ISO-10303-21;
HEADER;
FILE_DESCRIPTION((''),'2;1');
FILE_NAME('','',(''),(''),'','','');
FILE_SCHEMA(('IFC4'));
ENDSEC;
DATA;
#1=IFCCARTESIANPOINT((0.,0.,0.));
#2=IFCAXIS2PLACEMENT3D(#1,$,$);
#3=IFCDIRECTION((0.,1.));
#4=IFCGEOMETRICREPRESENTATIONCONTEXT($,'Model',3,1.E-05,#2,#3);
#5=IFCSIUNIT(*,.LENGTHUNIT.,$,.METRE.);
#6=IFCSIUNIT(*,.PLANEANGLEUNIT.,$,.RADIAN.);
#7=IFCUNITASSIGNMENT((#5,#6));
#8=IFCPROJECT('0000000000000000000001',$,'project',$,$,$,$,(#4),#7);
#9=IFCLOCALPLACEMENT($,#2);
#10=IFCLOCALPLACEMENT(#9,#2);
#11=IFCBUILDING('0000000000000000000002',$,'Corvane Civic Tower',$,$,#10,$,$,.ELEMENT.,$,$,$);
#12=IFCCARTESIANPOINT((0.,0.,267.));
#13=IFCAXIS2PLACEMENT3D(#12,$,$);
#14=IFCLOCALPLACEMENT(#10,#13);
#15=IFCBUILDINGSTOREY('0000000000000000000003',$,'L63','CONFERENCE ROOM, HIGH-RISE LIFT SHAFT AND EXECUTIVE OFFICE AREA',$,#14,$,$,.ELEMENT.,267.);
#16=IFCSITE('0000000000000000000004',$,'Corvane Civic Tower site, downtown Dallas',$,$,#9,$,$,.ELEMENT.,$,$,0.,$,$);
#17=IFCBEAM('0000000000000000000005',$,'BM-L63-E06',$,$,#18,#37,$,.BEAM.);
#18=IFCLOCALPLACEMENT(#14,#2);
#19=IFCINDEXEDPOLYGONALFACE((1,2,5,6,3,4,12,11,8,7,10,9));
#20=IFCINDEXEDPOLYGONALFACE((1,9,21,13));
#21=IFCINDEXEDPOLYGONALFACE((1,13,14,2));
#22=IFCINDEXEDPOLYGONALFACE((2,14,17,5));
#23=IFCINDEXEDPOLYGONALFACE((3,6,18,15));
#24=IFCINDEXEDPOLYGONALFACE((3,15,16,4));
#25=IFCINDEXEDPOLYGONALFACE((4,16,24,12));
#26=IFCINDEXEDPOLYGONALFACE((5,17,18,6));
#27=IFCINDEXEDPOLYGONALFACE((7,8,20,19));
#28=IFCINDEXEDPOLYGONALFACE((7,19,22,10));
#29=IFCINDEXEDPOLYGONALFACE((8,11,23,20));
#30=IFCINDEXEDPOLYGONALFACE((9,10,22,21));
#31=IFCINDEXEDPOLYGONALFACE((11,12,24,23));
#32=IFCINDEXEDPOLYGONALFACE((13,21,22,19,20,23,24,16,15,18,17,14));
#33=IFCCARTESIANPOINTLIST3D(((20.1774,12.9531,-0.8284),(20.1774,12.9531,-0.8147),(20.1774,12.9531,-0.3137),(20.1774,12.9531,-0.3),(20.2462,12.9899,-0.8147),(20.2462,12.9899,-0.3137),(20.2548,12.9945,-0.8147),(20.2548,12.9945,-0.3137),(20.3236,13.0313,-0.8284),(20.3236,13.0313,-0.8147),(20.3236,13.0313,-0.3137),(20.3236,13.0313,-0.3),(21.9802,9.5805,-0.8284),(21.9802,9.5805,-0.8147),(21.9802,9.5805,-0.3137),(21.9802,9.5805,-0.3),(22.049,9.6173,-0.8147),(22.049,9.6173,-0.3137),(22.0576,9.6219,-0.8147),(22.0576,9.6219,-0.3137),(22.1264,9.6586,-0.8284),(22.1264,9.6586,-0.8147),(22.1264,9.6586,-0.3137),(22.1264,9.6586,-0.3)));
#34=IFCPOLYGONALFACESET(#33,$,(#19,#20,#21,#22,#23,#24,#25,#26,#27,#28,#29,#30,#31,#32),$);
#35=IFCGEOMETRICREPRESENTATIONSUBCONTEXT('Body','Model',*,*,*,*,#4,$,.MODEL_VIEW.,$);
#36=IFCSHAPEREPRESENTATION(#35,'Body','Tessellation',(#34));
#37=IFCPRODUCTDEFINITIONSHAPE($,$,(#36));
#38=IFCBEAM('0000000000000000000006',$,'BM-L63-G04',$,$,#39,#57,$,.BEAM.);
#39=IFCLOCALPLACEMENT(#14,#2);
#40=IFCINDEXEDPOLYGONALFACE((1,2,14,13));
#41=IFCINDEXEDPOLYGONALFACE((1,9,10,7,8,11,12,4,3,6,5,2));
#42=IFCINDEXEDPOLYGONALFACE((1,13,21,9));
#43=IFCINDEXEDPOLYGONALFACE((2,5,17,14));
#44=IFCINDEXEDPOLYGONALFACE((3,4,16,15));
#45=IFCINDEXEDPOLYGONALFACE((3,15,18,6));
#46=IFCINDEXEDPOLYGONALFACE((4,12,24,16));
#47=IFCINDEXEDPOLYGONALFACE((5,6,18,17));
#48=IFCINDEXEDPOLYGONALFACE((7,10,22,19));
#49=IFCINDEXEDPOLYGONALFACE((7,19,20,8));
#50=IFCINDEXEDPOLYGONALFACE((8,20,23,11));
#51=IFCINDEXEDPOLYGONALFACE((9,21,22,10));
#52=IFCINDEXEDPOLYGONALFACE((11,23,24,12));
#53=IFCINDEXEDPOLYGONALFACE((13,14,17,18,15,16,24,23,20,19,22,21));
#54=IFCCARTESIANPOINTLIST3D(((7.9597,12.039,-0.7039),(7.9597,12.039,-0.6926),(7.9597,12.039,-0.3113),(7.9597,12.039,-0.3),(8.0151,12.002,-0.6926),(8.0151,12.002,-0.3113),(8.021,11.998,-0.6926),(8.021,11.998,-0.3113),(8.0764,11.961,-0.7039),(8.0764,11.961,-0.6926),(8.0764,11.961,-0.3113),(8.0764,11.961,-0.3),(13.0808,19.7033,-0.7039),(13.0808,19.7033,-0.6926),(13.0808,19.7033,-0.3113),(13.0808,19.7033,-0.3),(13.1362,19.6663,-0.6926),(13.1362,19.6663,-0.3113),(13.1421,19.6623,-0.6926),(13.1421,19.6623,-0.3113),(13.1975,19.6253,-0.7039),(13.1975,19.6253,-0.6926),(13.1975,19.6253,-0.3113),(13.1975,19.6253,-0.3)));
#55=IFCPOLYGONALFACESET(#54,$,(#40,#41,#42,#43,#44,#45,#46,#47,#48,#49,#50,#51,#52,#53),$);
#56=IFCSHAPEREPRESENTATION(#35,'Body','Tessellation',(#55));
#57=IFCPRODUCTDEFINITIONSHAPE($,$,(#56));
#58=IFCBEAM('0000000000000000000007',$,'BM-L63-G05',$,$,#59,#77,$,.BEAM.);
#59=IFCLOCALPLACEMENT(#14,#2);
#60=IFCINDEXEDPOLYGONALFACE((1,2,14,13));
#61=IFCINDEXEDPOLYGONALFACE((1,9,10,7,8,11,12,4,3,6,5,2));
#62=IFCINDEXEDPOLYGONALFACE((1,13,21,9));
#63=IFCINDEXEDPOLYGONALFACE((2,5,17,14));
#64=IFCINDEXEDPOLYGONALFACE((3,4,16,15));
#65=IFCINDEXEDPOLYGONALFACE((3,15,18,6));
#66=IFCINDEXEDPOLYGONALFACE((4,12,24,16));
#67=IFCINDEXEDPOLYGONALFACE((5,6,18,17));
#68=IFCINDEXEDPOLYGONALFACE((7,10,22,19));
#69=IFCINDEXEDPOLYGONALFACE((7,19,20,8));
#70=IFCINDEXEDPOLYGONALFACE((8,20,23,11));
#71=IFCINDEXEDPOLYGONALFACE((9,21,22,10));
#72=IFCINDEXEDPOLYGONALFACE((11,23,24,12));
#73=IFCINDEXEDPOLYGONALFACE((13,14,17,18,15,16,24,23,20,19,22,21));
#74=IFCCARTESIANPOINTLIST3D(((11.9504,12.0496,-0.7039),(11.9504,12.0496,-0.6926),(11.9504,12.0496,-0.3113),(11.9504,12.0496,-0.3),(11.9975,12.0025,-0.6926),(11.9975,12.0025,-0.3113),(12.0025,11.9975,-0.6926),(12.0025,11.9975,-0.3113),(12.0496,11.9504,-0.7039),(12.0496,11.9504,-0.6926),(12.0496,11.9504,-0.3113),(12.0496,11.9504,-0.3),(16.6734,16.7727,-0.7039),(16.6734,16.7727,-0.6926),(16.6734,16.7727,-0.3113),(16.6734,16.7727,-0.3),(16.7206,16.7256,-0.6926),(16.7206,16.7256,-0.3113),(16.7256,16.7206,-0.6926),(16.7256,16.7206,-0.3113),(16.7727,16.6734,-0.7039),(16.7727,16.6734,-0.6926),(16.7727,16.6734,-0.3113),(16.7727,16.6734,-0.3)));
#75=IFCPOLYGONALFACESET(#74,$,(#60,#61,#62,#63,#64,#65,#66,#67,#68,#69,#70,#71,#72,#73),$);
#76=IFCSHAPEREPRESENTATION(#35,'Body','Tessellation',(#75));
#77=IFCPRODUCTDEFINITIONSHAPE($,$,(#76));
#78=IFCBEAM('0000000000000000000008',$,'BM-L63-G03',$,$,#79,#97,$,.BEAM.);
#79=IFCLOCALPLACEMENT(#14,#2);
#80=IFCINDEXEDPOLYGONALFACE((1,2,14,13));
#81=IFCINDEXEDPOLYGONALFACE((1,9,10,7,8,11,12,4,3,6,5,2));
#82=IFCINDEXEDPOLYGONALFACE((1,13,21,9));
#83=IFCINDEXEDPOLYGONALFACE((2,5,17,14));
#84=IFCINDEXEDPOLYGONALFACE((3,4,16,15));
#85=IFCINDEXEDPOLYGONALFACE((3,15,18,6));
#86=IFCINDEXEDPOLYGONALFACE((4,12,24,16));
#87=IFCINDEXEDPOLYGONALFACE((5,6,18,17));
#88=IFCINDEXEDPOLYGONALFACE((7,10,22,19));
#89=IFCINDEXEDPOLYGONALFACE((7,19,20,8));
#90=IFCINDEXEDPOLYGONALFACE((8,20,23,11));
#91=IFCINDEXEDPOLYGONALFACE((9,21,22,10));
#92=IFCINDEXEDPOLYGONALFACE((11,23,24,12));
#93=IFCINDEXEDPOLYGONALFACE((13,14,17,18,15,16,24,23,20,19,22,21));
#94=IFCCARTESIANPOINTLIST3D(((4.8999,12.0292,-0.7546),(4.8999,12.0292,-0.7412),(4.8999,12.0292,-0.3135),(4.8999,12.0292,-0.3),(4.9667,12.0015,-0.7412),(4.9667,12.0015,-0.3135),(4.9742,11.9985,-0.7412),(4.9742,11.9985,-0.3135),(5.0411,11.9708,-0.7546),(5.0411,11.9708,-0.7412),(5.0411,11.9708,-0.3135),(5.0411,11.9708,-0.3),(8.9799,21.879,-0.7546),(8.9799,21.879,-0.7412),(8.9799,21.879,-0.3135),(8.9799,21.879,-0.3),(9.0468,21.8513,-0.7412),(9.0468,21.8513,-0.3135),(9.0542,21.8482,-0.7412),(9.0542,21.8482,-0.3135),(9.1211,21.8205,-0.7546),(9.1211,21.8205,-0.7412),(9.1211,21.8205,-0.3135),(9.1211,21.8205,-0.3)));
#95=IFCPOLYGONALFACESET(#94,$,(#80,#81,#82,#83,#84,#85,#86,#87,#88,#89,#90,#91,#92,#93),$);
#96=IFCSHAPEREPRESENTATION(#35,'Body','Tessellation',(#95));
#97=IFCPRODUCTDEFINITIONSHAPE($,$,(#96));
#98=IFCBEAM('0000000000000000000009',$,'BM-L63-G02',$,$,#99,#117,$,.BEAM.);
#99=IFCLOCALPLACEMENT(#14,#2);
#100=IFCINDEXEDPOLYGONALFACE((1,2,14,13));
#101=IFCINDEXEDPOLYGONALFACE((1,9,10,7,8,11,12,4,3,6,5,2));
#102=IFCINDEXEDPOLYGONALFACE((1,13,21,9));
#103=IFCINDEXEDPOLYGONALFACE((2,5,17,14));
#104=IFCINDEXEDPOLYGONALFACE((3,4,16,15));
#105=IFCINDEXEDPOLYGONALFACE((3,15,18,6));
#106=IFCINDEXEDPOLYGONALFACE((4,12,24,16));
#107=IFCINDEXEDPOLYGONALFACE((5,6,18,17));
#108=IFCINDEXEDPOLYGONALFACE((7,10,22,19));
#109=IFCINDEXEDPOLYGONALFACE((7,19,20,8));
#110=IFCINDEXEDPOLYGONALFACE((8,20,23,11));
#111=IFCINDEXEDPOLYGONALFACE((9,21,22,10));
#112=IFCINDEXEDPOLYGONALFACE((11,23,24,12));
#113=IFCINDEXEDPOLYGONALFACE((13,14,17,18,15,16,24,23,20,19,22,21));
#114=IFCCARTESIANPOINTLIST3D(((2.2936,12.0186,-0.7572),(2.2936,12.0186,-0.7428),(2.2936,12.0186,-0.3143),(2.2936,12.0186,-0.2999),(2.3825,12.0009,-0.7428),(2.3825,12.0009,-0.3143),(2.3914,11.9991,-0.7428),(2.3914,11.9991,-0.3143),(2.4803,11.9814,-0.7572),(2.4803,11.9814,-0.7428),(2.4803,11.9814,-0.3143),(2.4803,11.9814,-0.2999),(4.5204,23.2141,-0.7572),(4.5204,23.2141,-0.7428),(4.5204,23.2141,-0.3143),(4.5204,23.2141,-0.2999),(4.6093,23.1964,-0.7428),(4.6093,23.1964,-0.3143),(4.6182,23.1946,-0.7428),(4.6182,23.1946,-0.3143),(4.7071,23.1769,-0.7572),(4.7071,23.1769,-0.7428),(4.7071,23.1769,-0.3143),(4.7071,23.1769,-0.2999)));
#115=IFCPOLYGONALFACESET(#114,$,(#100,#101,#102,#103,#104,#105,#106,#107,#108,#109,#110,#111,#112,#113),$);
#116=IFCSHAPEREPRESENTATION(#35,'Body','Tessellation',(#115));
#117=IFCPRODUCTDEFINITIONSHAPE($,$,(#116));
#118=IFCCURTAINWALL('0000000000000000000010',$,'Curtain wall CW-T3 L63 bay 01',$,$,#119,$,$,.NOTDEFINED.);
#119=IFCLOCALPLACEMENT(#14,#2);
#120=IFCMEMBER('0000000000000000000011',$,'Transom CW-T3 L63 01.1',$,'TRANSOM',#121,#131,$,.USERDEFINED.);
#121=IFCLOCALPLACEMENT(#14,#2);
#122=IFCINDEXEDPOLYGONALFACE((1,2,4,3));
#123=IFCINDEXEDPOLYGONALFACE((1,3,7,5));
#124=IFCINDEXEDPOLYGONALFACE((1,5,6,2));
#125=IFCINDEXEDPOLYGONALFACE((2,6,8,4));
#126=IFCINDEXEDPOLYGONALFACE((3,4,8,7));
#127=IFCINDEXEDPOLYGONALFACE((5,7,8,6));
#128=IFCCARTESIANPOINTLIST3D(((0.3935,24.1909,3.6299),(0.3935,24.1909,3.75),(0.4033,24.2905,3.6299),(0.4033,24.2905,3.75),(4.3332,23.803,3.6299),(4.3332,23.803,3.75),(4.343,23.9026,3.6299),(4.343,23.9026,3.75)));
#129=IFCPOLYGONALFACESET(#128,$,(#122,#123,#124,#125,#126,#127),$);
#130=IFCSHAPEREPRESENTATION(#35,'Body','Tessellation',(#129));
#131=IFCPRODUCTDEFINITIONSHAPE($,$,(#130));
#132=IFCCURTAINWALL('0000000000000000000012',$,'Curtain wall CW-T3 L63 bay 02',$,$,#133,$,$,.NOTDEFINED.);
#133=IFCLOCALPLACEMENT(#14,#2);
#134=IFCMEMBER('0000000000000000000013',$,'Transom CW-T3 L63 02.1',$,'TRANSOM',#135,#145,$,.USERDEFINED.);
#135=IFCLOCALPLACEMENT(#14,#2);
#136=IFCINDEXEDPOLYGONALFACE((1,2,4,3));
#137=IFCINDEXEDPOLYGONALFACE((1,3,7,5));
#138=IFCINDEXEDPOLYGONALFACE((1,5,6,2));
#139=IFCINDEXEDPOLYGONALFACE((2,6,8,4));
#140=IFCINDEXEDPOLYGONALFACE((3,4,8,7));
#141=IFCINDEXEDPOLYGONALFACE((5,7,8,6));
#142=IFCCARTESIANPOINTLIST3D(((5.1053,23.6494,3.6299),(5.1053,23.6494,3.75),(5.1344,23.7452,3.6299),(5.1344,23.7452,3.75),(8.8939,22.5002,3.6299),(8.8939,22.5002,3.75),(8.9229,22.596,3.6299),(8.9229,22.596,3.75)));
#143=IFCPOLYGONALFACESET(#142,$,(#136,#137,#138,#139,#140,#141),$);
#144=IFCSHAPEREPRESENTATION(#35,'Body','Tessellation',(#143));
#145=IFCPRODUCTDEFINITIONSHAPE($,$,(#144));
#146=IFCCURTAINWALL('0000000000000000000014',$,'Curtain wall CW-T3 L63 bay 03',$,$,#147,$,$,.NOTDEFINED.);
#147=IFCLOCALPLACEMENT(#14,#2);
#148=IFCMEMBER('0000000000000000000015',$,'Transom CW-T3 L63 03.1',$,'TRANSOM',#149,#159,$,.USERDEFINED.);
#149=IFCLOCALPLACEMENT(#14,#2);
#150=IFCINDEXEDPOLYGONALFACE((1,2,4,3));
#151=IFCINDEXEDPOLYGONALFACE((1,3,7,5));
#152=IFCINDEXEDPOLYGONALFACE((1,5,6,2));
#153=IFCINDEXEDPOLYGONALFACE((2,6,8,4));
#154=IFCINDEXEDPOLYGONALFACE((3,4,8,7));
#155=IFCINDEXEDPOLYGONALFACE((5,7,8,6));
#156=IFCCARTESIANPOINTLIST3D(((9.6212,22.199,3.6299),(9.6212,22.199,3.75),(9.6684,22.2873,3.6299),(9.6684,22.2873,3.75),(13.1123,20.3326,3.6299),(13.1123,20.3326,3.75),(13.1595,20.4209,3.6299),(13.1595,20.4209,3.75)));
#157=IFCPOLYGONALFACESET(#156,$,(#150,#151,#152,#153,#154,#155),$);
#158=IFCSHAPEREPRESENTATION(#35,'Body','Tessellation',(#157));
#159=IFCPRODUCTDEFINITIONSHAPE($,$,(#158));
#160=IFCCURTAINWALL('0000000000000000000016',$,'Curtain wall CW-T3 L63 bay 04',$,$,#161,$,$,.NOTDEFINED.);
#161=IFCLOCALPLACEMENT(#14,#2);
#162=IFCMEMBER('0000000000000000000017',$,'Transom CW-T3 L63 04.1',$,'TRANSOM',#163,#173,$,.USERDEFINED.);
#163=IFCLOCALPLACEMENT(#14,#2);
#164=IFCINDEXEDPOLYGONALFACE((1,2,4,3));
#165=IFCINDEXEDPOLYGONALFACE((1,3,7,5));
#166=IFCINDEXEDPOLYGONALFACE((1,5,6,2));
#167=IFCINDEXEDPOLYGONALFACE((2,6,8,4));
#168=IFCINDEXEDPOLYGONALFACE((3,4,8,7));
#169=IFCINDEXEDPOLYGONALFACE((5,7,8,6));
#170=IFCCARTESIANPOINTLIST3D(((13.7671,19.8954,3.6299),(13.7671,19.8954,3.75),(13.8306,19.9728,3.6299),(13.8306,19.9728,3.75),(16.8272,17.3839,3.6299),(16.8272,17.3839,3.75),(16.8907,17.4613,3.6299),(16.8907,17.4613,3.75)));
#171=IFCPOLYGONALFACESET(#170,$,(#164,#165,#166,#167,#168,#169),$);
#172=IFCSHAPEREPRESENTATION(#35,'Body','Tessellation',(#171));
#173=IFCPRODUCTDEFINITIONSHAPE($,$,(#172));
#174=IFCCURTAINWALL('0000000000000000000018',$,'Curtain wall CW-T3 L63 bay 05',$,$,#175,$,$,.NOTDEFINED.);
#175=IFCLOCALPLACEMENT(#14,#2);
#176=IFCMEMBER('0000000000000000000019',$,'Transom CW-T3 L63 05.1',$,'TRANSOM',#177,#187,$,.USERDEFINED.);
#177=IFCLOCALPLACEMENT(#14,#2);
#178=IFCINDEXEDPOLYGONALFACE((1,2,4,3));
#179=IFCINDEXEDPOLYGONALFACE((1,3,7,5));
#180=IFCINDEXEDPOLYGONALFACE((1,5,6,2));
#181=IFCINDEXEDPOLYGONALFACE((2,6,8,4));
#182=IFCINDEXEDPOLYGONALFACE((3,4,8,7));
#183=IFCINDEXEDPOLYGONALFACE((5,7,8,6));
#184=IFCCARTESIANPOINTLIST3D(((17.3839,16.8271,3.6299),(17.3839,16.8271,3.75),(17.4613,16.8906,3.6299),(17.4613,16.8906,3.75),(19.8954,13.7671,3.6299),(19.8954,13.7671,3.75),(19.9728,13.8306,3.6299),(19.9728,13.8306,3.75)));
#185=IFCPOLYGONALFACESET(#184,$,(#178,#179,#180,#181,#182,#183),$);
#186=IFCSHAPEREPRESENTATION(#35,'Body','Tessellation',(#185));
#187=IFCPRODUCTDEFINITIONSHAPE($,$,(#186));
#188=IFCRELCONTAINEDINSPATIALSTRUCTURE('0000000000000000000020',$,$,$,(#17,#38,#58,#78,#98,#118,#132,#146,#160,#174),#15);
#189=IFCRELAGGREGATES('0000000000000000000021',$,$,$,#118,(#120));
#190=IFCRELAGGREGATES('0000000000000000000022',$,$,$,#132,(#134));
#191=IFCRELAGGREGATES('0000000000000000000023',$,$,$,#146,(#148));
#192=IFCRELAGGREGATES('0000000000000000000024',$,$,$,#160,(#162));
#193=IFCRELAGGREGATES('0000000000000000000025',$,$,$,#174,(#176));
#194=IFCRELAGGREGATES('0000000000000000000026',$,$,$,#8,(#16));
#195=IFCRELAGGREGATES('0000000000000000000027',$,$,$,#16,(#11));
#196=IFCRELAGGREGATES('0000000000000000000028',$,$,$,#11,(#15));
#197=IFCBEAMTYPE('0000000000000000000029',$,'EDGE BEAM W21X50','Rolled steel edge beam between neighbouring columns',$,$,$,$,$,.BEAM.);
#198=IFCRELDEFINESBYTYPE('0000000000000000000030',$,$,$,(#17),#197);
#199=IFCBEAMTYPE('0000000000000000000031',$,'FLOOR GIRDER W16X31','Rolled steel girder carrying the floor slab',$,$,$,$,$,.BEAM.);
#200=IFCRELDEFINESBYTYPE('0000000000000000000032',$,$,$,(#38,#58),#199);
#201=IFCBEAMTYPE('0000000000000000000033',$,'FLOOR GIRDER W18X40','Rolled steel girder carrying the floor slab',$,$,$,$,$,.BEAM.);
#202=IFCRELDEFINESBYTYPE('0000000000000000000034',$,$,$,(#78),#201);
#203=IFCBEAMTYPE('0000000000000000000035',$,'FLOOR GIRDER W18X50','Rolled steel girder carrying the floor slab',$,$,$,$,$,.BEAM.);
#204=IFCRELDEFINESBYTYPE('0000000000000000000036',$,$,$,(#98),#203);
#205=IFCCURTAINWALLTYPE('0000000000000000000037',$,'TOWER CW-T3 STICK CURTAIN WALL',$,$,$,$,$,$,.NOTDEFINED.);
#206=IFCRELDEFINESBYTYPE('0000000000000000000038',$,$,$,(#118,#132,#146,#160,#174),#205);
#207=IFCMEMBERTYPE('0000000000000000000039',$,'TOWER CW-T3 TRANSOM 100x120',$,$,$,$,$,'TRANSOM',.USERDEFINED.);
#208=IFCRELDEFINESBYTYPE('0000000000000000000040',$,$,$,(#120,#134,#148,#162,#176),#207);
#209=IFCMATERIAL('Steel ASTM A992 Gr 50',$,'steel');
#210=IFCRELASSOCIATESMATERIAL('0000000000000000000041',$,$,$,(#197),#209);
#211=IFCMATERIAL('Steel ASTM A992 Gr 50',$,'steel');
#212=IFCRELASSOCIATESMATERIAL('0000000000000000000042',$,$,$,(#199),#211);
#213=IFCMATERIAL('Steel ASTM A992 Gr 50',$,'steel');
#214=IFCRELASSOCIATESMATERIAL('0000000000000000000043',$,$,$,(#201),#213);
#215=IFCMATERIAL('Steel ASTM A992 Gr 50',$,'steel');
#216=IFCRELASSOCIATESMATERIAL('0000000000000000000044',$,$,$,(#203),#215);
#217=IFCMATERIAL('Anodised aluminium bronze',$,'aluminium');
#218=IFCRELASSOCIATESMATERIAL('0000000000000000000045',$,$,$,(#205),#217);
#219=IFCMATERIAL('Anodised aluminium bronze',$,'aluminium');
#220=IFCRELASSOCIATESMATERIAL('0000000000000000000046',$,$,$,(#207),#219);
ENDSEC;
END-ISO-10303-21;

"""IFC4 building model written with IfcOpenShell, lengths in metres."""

from ifc_helpers import new_model, si_unit, direction, frame, origin, origin_2d, place, context, subcontext, project, spatial, rectangle, i_section, extrude, material, material_profile, profile_set, type_object, element, aggregate, save


model = new_model("IFC4")

# Units and contexts
model_context = context("Model", 3, precision=1e-05, world=origin(), true_north=direction((0.0, 1.0)))
body_context = subcontext(model_context, "Body", "Model", "MODEL_VIEW")
ifc_project = project(units=[si_unit("LENGTHUNIT", "METRE"), si_unit("PLANEANGLEUNIT", "RADIAN")], contexts=[model_context])

# Site, building, storey
site_placement = place(None, origin())
site = spatial("IfcSite", under=ifc_project, at=site_placement, Name="Corvane Civic Tower site, downtown Dallas", CompositionType="ELEMENT", RefElevation=0.0)
building_placement = place(site_placement, origin())
building = spatial("IfcBuilding", under=site, at=building_placement, Name="Corvane Civic Tower", CompositionType="ELEMENT")
storey_placement = place(building_placement, frame((0.0, 0.0, 267.0)))
storey = spatial("IfcBuildingStorey", under=building, at=storey_placement, Name="L63", Description="CONFERENCE ROOM, HIGH-RISE LIFT SHAFT AND EXECUTIVE OFFICE AREA", CompositionType="ELEMENT", Elevation=267.0)

# Beams
ifc_material_1 = material(Name="Steel ASTM A992 Gr 50", Category="steel")
ifc_material_profile_1 = material_profile(ifc_material_1, i_section(OverallWidth=0.1658, OverallDepth=0.5283, WebThickness=0.0098, FlangeThickness=0.0137, at=origin_2d()), Name="W21X50")
ifc_profile_set_1 = profile_set([ifc_material_profile_1], Name="Steel ASTM A992 Gr 50")
beam_type_1 = type_object("IfcBeamType", Name="EDGE BEAM W21X50", Description="Rolled steel edge beam between neighbouring columns", PredefinedType="BEAM", material=ifc_profile_set_1)
beam_1_placement = place(storey_placement, frame((20.2505, 12.9922, -0.5642), z_axis=(0.47141, -0.881914, 0.0), x_axis=(0.881914, 0.47141, 0.0)))
element("IfcBeam", 1, at=beam_1_placement, inside=storey, type_object=beam_type_1, Name="BM-L63-E06", PredefinedType="BEAM", context=body_context, shape_type="SweptSolid", body=[
    extrude(i_section(OverallWidth=0.1658, OverallDepth=0.5283, WebThickness=0.0098, FlangeThickness=0.0137, at=origin_2d()), origin(), (0.0, 0.0, 1.0), 3.8242),
])
ifc_material_2 = material(Name="Steel ASTM A992 Gr 50", Category="steel")
ifc_material_profile_2 = material_profile(ifc_material_2, i_section(OverallWidth=0.1404, OverallDepth=0.4038, WebThickness=0.0071, FlangeThickness=0.0112, at=origin_2d()), Name="W16X31")
ifc_profile_set_2 = profile_set([ifc_material_profile_2], Name="Steel ASTM A992 Gr 50")
beam_type_2 = type_object("IfcBeamType", Name="FLOOR GIRDER W16X31", Description="Rolled steel girder carrying the floor slab", PredefinedType="BEAM", material=ifc_profile_set_2)
beam_2_placement = place(storey_placement, frame((8.0181, 12.0, -0.502), z_axis=(0.555568, 0.831471, 0.0), x_axis=(-0.831471, 0.555568, 0.0)))
element("IfcBeam", 2, at=beam_2_placement, inside=storey, type_object=beam_type_2, Name="BM-L63-G04", PredefinedType="BEAM", context=body_context, shape_type="SweptSolid", body=[
    extrude(i_section(OverallWidth=0.1404, OverallDepth=0.4038, WebThickness=0.0071, FlangeThickness=0.0112, at=origin_2d()), origin(), (0.0, 0.0, 1.0), 9.2178),
])
beam_3_placement = place(storey_placement, frame((12.0, 12.0, -0.502), z_axis=(0.707107, 0.707107, 0.0), x_axis=(-0.707107, 0.707107, 0.0)))
element("IfcBeam", 3, at=beam_3_placement, inside=storey, type_object=beam_type_2, Name="BM-L63-G05", PredefinedType="BEAM", context=body_context, shape_type="SweptSolid", body=[
    extrude(i_section(OverallWidth=0.1404, OverallDepth=0.4038, WebThickness=0.0071, FlangeThickness=0.0112, at=origin_2d()), origin(), (0.0, 0.0, 1.0), 6.6794),
])
ifc_material_3 = material(Name="Steel ASTM A992 Gr 50", Category="steel")
ifc_material_profile_3 = material_profile(ifc_material_3, i_section(OverallWidth=0.1528, OverallDepth=0.4546, WebThickness=0.0081, FlangeThickness=0.0134, at=origin_2d()), Name="W18X40")
ifc_profile_set_3 = profile_set([ifc_material_profile_3], Name="Steel ASTM A992 Gr 50")
beam_type_3 = type_object("IfcBeamType", Name="FLOOR GIRDER W18X40", Description="Rolled steel girder carrying the floor slab", PredefinedType="BEAM", material=ifc_profile_set_3)
beam_4_placement = place(storey_placement, frame((4.9705, 12.0, -0.5273), z_axis=(0.382694, 0.923875, 0.0), x_axis=(-0.923875, 0.382694, 0.0)))
element("IfcBeam", 4, at=beam_4_placement, inside=storey, type_object=beam_type_3, Name="BM-L63-G03", PredefinedType="BEAM", context=body_context, shape_type="SweptSolid", body=[
    extrude(i_section(OverallWidth=0.1528, OverallDepth=0.4546, WebThickness=0.0081, FlangeThickness=0.0134, at=origin_2d()), origin(), (0.0, 0.0, 1.0), 10.6614),
])
ifc_material_4 = material(Name="Steel ASTM A992 Gr 50", Category="steel")
ifc_material_profile_4 = material_profile(ifc_material_4, i_section(OverallWidth=0.1904, OverallDepth=0.4573, WebThickness=0.009, FlangeThickness=0.0144, at=origin_2d()), Name="W18X50")
ifc_profile_set_4 = profile_set([ifc_material_profile_4], Name="Steel ASTM A992 Gr 50")
beam_type_4 = type_object("IfcBeamType", Name="FLOOR GIRDER W18X50", Description="Rolled steel girder carrying the floor slab", PredefinedType="BEAM", material=ifc_profile_set_4)
beam_5_placement = place(storey_placement, frame((2.387, 12.0, -0.5286), z_axis=(0.19508, 0.980787, 0.0), x_axis=(-0.980787, 0.19508, 0.0)))
element("IfcBeam", 5, at=beam_5_placement, inside=storey, type_object=beam_type_4, Name="BM-L63-G02", PredefinedType="BEAM", context=body_context, shape_type="SweptSolid", body=[
    extrude(i_section(OverallWidth=0.1904, OverallDepth=0.4573, WebThickness=0.009, FlangeThickness=0.0144, at=origin_2d()), origin(), (0.0, 0.0, 1.0), 11.4148),
])

# Curtain walls, members
ifc_material_5 = material(Name="Anodised aluminium bronze", Category="aluminium")
curtain_wall_type = type_object("IfcCurtainWallType", Name="TOWER CW-T3 STICK CURTAIN WALL", PredefinedType="NOTDEFINED", material=ifc_material_5)
curtain_wall_1_placement = place(storey_placement, origin())
curtain_wall_1 = element("IfcCurtainWall", 6, at=curtain_wall_1_placement, inside=storey, type_object=curtain_wall_type, Name="Curtain wall CW-T3 L63 bay 01", PredefinedType="NOTDEFINED")
ifc_material_6 = material(Name="Anodised aluminium bronze", Category="aluminium")
ifc_material_profile_5 = material_profile(ifc_material_6, rectangle(XDim=0.1001, YDim=0.1201, at=origin_2d()), Name="TOWER CW-T3 TRANSOM 100x120")
ifc_profile_set_5 = profile_set([ifc_material_profile_5], Name="Anodised aluminium bronze")
member_type = type_object("IfcMemberType", Name="TOWER CW-T3 TRANSOM 100x120", ElementType="TRANSOM", PredefinedType="USERDEFINED", material=ifc_profile_set_5)
member_1_placement = place(storey_placement, frame((0.3984, 24.2407, 3.6899), z_axis=(0.995187, -0.097995, 0.0), x_axis=(0.097995, 0.995187, 0.0)))
member_1 = element("IfcMember", 7, at=member_1_placement, type_object=member_type, Name="Transom CW-T3 L63 01.1", ObjectType="TRANSOM", PredefinedType="USERDEFINED", context=body_context, shape_type="SweptSolid", body=[
    extrude(rectangle(XDim=0.1001, YDim=0.1201, at=origin_2d()), origin(), (0.0, 0.0, 1.0), 3.9587),
])
curtain_wall_2_placement = place(storey_placement, origin())
curtain_wall_2 = element("IfcCurtainWall", 8, at=curtain_wall_2_placement, inside=storey, type_object=curtain_wall_type, Name="Curtain wall CW-T3 L63 bay 02", PredefinedType="NOTDEFINED")
member_2_placement = place(storey_placement, frame((5.1199, 23.6973, 3.6899), z_axis=(0.956946, -0.290266, 0.0), x_axis=(0.290266, 0.956946, 0.0)))
member_2 = element("IfcMember", 9, at=member_2_placement, type_object=member_type, Name="Transom CW-T3 L63 02.1", ObjectType="TRANSOM", PredefinedType="USERDEFINED", context=body_context, shape_type="SweptSolid", body=[
    extrude(rectangle(XDim=0.1001, YDim=0.1201, at=origin_2d()), origin(), (0.0, 0.0, 1.0), 3.959),
])
curtain_wall_3_placement = place(storey_placement, origin())
curtain_wall_3 = element("IfcCurtainWall", 10, at=curtain_wall_3_placement, inside=storey, type_object=curtain_wall_type, Name="Curtain wall CW-T3 L63 bay 03", PredefinedType="NOTDEFINED")
member_3_placement = place(storey_placement, frame((9.6448, 22.2432, 3.6899), z_axis=(0.881883, -0.471468, 0.0), x_axis=(0.471468, 0.881883, 0.0)))
member_3 = element("IfcMember", 11, at=member_3_placement, type_object=member_type, Name="Transom CW-T3 L63 03.1", ObjectType="TRANSOM", PredefinedType="USERDEFINED", context=body_context, shape_type="SweptSolid", body=[
    extrude(rectangle(XDim=0.1001, YDim=0.1201, at=origin_2d()), origin(), (0.0, 0.0, 1.0), 3.9587),
])
curtain_wall_4_placement = place(storey_placement, origin())
curtain_wall_4 = element("IfcCurtainWall", 12, at=curtain_wall_4_placement, inside=storey, type_object=curtain_wall_type, Name="Curtain wall CW-T3 L63 bay 04", PredefinedType="NOTDEFINED")
member_4_placement = place(storey_placement, frame((13.7988, 19.9341, 3.6899), z_axis=(0.772992, -0.634416, 0.0), x_axis=(0.634416, 0.772992, 0.0)))
member_4 = element("IfcMember", 13, at=member_4_placement, type_object=member_type, Name="Transom CW-T3 L63 04.1", ObjectType="TRANSOM", PredefinedType="USERDEFINED", context=body_context, shape_type="SweptSolid", body=[
    extrude(rectangle(XDim=0.1001, YDim=0.1201, at=origin_2d()), origin(), (0.0, 0.0, 1.0), 3.9587),
])
curtain_wall_5_placement = place(storey_placement, origin())
curtain_wall_5 = element("IfcCurtainWall", 14, at=curtain_wall_5_placement, inside=storey, type_object=curtain_wall_type, Name="Curtain wall CW-T3 L63 bay 05", PredefinedType="NOTDEFINED")
member_5_placement = place(storey_placement, frame((17.4226, 16.8589, 3.6899), z_axis=(0.634416, -0.772992, 0.0), x_axis=(0.772992, 0.634416, 0.0)))
member_5 = element("IfcMember", 15, at=member_5_placement, type_object=member_type, Name="Transom CW-T3 L63 05.1", ObjectType="TRANSOM", PredefinedType="USERDEFINED", context=body_context, shape_type="SweptSolid", body=[
    extrude(rectangle(XDim=0.1001, YDim=0.1201, at=origin_2d()), origin(), (0.0, 0.0, 1.0), 3.9587),
])

aggregate(curtain_wall_1, [member_1])
aggregate(curtain_wall_2, [member_2])
aggregate(curtain_wall_3, [member_3])
aggregate(curtain_wall_4, [member_4])
aggregate(curtain_wall_5, [member_5])

save(model, "model.ifc")
